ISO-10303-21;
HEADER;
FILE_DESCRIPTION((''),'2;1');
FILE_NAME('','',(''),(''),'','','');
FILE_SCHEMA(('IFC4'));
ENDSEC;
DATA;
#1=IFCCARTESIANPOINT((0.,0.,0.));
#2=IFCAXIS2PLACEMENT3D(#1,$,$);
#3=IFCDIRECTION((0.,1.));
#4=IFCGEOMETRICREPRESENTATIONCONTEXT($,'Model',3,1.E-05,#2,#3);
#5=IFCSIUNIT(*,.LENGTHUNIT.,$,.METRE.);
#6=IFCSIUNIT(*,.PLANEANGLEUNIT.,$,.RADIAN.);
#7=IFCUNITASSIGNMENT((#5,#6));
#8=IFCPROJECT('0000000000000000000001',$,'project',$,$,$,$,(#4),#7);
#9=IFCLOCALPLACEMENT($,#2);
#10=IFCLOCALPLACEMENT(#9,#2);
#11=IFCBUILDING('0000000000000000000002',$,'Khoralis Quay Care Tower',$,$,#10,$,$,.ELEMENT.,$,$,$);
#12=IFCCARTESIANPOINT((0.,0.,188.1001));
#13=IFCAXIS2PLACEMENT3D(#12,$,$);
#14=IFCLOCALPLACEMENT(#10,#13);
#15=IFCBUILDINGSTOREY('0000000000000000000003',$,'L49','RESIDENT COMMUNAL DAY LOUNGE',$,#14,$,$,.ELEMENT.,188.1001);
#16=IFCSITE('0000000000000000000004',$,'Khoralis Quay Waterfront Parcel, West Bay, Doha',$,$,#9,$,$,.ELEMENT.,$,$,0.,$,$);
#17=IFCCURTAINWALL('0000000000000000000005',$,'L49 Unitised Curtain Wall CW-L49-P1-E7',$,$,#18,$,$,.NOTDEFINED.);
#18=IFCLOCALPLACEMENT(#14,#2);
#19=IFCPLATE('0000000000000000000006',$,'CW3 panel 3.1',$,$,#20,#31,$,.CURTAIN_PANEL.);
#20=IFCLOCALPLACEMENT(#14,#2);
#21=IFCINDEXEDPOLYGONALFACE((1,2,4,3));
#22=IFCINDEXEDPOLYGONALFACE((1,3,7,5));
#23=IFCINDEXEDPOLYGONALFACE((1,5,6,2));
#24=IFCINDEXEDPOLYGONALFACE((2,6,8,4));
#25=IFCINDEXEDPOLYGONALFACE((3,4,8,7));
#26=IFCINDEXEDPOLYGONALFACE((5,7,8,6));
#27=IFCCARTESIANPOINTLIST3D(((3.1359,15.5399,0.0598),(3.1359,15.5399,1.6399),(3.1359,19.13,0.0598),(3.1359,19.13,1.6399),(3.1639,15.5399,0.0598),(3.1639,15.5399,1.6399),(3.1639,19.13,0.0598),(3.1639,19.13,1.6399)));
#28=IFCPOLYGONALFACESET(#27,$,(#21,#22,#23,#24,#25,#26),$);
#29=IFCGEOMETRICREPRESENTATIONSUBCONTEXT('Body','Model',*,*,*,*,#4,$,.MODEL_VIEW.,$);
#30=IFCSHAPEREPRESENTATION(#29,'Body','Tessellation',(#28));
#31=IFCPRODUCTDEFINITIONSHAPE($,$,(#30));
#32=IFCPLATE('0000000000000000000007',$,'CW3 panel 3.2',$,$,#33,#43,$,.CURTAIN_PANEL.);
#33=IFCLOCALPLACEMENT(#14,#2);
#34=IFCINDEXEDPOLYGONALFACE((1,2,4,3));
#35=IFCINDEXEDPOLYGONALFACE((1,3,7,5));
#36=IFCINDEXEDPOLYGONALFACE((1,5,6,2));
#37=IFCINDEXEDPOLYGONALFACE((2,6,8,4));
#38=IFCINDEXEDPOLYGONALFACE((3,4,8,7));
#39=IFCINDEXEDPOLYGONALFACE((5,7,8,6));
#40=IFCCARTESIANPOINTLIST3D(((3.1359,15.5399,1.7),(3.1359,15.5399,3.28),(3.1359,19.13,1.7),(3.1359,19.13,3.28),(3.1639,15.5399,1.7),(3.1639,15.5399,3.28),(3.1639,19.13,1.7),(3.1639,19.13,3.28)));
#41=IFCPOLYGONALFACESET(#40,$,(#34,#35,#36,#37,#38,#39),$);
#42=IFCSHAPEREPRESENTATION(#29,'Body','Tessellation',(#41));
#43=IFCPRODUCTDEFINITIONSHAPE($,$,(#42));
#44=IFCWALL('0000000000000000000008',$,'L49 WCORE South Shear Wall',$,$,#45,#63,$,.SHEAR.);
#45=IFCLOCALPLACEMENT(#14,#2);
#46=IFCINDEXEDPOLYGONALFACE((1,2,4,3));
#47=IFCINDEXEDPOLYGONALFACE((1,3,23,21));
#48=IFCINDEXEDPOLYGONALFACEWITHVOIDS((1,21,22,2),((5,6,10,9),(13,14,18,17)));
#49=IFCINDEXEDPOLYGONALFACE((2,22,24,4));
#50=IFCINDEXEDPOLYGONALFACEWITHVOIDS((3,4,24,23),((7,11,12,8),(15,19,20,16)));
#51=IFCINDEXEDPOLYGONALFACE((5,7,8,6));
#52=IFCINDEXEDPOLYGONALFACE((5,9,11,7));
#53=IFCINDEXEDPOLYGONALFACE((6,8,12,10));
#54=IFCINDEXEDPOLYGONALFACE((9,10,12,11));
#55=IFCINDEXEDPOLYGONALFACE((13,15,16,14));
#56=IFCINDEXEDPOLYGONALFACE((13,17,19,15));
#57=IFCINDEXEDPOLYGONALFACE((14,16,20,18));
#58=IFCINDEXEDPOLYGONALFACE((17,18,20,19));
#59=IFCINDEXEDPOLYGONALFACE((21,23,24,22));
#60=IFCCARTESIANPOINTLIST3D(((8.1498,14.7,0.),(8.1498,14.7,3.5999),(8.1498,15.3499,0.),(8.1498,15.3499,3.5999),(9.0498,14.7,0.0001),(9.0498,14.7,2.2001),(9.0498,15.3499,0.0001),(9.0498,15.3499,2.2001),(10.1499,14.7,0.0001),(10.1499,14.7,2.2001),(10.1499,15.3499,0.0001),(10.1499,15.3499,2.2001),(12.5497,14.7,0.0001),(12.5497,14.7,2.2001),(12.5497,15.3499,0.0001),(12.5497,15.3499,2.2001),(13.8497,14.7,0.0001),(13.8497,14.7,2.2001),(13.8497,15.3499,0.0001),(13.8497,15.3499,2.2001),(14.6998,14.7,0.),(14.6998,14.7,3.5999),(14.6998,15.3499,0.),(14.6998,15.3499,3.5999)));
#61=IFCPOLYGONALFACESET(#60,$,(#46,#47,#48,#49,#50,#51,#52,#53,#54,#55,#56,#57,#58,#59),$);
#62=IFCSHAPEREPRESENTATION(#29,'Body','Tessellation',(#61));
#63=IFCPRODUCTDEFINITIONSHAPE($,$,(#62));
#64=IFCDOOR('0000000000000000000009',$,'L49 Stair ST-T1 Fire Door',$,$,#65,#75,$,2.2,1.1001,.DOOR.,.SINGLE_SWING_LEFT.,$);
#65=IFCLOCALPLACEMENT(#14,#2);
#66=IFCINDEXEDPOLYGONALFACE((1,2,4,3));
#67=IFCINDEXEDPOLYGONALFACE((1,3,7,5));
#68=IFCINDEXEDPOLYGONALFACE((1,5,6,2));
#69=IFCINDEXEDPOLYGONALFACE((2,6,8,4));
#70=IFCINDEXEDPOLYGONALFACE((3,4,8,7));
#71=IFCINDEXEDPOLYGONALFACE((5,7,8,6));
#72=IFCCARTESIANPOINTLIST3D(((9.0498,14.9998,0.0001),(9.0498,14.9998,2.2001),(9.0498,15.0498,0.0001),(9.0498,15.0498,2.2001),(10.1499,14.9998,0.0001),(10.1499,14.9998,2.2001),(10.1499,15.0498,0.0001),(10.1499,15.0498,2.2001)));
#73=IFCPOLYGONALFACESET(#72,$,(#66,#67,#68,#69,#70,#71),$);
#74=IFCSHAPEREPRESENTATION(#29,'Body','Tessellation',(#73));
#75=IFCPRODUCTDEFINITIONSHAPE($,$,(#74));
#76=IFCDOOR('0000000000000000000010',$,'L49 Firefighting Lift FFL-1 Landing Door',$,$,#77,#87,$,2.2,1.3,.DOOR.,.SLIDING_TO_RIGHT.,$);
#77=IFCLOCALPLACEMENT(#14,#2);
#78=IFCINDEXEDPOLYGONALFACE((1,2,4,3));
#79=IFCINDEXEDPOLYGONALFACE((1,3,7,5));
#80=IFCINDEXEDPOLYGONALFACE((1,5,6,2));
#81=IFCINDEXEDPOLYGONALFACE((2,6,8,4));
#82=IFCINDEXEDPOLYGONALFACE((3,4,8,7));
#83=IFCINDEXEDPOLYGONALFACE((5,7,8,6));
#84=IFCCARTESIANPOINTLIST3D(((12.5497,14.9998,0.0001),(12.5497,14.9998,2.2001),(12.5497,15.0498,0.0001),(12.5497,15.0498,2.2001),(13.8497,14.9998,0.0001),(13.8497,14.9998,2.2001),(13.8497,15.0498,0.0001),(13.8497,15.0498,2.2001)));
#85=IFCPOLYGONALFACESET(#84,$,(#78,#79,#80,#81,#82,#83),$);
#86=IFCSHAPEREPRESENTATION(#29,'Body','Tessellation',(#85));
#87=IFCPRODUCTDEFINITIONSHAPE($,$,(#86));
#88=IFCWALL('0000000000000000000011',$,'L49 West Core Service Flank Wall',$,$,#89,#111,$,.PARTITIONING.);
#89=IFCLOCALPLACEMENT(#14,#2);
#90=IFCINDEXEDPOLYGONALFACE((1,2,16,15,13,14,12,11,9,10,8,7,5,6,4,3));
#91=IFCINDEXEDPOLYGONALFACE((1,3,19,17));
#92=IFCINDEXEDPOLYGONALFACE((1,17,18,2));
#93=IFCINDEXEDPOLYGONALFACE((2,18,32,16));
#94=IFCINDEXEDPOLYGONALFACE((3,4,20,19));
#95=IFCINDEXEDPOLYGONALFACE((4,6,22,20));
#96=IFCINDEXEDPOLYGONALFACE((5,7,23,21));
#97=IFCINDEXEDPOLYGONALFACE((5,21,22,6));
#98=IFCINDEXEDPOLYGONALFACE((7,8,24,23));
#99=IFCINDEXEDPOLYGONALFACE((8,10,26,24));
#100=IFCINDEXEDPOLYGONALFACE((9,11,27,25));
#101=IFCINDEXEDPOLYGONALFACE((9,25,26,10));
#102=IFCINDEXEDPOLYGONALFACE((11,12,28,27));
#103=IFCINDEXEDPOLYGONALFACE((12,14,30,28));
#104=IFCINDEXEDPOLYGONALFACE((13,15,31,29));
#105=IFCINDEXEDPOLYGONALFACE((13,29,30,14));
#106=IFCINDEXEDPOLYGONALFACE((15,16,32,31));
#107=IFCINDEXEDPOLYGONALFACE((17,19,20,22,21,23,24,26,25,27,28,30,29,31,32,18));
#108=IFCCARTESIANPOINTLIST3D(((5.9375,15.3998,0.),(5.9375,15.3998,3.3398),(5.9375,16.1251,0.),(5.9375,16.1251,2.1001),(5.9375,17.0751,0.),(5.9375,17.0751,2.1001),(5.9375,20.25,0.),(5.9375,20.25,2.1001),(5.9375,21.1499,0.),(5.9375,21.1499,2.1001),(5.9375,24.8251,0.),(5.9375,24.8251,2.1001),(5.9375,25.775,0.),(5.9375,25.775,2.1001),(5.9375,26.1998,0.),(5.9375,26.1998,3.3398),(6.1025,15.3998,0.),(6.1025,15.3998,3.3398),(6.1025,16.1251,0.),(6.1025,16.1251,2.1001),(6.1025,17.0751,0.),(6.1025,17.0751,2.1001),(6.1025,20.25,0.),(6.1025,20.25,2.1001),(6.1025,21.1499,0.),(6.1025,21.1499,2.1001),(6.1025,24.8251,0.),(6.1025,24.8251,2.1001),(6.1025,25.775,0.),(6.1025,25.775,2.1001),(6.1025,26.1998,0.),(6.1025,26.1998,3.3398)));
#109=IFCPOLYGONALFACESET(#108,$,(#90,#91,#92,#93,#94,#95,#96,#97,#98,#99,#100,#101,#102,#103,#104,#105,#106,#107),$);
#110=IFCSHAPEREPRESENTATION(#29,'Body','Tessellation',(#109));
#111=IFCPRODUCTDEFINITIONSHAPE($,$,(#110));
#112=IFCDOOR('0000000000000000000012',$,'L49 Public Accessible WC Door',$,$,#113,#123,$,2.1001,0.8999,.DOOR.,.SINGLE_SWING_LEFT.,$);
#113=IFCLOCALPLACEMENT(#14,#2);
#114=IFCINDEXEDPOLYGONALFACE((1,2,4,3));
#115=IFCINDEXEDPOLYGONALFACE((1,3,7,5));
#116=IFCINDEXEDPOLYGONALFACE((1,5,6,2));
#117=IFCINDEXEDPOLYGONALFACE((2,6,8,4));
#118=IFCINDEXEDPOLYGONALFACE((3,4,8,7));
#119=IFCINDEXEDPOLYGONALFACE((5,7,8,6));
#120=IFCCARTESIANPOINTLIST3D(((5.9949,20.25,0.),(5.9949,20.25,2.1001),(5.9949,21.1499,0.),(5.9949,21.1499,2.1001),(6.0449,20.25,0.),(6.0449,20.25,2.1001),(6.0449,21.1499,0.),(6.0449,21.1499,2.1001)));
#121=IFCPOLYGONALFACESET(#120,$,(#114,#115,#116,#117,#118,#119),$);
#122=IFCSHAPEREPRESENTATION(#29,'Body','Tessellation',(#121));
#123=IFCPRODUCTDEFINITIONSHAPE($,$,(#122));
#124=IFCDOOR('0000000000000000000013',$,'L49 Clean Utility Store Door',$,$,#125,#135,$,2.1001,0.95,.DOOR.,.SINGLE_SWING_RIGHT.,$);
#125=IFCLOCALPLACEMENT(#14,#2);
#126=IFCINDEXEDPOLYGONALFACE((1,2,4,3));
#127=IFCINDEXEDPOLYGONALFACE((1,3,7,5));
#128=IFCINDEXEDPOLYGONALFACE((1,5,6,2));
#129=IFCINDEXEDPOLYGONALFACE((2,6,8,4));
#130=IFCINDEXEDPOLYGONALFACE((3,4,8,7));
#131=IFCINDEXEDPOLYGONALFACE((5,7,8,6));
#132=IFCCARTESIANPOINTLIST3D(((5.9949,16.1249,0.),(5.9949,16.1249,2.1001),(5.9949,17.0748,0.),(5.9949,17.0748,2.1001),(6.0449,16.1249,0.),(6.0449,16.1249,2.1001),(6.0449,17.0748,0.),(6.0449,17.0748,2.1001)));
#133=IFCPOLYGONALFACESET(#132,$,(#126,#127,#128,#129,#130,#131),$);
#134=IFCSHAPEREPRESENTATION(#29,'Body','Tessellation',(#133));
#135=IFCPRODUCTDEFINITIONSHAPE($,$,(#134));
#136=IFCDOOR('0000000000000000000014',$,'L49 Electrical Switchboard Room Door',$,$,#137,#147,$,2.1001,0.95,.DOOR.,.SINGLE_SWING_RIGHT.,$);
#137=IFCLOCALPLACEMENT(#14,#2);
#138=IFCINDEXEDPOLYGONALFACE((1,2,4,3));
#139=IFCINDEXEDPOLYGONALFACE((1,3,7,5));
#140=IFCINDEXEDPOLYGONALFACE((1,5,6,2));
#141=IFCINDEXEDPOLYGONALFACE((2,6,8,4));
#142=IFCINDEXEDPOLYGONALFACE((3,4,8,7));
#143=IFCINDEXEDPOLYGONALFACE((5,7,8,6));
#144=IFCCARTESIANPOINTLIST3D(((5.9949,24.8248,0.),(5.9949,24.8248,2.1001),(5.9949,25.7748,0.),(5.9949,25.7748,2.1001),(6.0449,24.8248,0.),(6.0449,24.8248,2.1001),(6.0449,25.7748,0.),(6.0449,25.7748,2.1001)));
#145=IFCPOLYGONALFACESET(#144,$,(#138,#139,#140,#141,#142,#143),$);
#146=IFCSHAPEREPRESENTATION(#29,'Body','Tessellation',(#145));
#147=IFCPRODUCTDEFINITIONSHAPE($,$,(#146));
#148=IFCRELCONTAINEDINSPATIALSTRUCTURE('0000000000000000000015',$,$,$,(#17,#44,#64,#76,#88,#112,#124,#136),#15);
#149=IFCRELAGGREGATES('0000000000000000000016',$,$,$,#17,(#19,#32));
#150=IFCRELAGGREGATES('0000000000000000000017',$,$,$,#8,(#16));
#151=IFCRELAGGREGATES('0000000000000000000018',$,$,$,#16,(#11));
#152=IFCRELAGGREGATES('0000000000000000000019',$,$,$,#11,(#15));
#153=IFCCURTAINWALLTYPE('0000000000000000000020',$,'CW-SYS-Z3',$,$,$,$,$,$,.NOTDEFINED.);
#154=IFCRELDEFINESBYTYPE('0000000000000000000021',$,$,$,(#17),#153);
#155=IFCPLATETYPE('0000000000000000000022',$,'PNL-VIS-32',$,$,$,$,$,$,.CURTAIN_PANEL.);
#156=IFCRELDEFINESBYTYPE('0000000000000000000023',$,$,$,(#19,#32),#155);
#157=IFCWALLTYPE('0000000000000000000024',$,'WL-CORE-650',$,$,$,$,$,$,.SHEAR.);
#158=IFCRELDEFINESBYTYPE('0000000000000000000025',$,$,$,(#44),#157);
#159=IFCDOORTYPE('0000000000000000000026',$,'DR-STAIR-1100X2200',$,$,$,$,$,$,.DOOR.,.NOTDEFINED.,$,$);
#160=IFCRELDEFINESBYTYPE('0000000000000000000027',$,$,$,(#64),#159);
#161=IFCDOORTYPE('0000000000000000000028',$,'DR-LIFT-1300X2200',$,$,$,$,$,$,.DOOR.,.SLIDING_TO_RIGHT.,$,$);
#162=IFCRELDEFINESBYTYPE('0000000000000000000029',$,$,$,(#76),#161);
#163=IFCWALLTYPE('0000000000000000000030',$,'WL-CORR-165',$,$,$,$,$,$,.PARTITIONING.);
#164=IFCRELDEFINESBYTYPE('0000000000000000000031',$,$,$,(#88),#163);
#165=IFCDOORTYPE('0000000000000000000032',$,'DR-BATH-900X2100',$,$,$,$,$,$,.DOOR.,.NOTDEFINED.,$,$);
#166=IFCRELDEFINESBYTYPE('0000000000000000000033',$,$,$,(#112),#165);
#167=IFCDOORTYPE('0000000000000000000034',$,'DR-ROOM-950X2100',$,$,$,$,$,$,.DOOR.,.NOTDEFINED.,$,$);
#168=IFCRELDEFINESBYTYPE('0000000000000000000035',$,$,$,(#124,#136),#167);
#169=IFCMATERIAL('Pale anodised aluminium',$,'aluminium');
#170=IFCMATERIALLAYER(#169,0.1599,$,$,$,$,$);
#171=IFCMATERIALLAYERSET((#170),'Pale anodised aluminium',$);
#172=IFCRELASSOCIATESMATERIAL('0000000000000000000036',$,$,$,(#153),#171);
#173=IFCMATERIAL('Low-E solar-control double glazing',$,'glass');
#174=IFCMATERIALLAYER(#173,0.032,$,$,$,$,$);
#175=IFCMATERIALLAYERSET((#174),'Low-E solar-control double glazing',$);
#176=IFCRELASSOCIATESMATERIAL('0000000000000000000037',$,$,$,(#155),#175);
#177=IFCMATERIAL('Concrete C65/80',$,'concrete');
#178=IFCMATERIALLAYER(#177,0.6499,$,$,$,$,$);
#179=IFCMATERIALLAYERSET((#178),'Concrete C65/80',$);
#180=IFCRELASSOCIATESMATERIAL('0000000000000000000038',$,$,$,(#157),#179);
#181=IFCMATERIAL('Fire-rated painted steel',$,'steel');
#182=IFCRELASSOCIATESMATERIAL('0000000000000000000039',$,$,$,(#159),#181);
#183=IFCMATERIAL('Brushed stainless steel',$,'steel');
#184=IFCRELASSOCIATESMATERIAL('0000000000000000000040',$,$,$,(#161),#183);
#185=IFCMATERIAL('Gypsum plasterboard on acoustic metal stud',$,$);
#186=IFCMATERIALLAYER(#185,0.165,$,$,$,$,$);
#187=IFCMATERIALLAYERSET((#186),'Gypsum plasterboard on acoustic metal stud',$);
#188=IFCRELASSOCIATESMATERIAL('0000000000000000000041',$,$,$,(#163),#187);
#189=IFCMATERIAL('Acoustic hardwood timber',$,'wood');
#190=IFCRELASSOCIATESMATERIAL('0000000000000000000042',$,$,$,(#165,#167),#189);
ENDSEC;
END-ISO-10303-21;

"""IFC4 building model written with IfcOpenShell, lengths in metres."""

from ifc_helpers import new_model, si_unit, direction, frame, frame_2d, origin, origin_2d, place, context, subcontext, project, spatial, rectangle, extrude, source, transform, mapped, material, layer, layer_set, type_object, element, fill, aggregate, save


model = new_model("IFC4")

# Units and contexts
model_context = context("Model", 3, precision=1e-05, world=origin(), true_north=direction((0.0, 1.0)))
body_context = subcontext(model_context, "Body", "Model", "MODEL_VIEW")
ifc_project = project(units=[si_unit("LENGTHUNIT", "METRE"), si_unit("PLANEANGLEUNIT", "RADIAN")], contexts=[model_context])

# Site, building, storey
site_placement = place(None, origin())
site = spatial("IfcSite", under=ifc_project, at=site_placement, Name="Khoralis Quay Waterfront Parcel, West Bay, Doha", CompositionType="ELEMENT", RefElevation=0.0)
building_placement = place(site_placement, origin())
building = spatial("IfcBuilding", under=site, at=building_placement, Name="Khoralis Quay Care Tower", CompositionType="ELEMENT")
storey_placement = place(building_placement, frame((0.0, 0.0, 188.1001)))
storey = spatial("IfcBuildingStorey", under=building, at=storey_placement, Name="L49", Description="RESIDENT COMMUNAL DAY LOUNGE", CompositionType="ELEMENT", Elevation=188.1001)

# Shared definitions
ifc_material_1 = material(Name="Concrete C65/80", Category="concrete")

# Curtain wall, plates
ifc_material_2 = material(Name="Pale anodised aluminium", Category="aluminium")
ifc_layer_1 = layer(ifc_material_2, 0.1599)
ifc_layer_set_1 = layer_set([ifc_layer_1], Name="Pale anodised aluminium")
curtain_wall_type = type_object("IfcCurtainWallType", Name="CW-SYS-Z3", PredefinedType="NOTDEFINED", material=ifc_layer_set_1)
curtain_wall_placement = place(storey_placement, origin())
curtain_wall = element("IfcCurtainWall", 1, at=curtain_wall_placement, inside=storey, type_object=curtain_wall_type, Name="L49 Unitised Curtain Wall CW-L49-P1-E7", PredefinedType="NOTDEFINED")
ifc_material_3 = material(Name="Low-E solar-control double glazing", Category="glass")
ifc_layer_2 = layer(ifc_material_3, 0.032)
ifc_layer_set_2 = layer_set([ifc_layer_2], Name="Low-E solar-control double glazing")
plate_type = type_object("IfcPlateType", Name="PNL-VIS-32", PredefinedType="CURTAIN_PANEL", material=ifc_layer_set_2)
shared_shape_1 = source(origin(), body_context, "Body", "SweptSolid", [
    extrude(rectangle(XDim=3.5901, YDim=0.0281, at=origin_2d()), origin(), (0.0, 0.0, 1.0), 1.5801),
])
plate_1_placement = place(storey_placement, frame((3.1499, 17.335, 0.0598), z_axis=(0.0, 0.0, 1.0), x_axis=(0.0, -1.0, 0.0)))
plate_1 = element("IfcPlate", 2, at=plate_1_placement, type_object=plate_type, Name="CW3 panel 3.1", PredefinedType="CURTAIN_PANEL", context=body_context, shape_type="MappedRepresentation", body=[
    mapped(shared_shape_1, transform((0.0, 0.0, 0.0), scale=1.0)),
])
plate_2_placement = place(storey_placement, frame((3.1499, 17.335, 1.7), z_axis=(0.0, 0.0, 1.0), x_axis=(0.0, -1.0, 0.0)))
plate_2 = element("IfcPlate", 3, at=plate_2_placement, type_object=plate_type, Name="CW3 panel 3.2", PredefinedType="CURTAIN_PANEL", context=body_context, shape_type="MappedRepresentation", body=[
    mapped(shared_shape_1, transform((0.0, 0.0, 0.0), scale=1.0)),
])
aggregate(curtain_wall, [plate_1, plate_2])

# Walls, openings, doors
ifc_layer_3 = layer(ifc_material_1, 0.6499)
ifc_layer_set_3 = layer_set([ifc_layer_3], Name="Concrete C65/80")
wall_type_1 = type_object("IfcWallType", Name="WL-CORE-650", PredefinedType="SHEAR", material=ifc_layer_set_3)
wall_1_placement = place(storey_placement, frame((8.1499, 15.0249, 0.0), z_axis=(0.0, 0.0, 1.0), x_axis=(1.0, 0.0, 0.0)))
wall_1 = element("IfcWall", 4, at=wall_1_placement, inside=storey, type_object=wall_type_1, Name="L49 WCORE South Shear Wall", PredefinedType="SHEAR", context=body_context, shape_type="SweptSolid", body=[
    extrude(rectangle(XDim=6.55, YDim=0.6499, at=frame_2d((3.2749, 0.0))), origin(), (0.0, 0.0, 1.0), 3.5999),
])
opening_1_placement = place(wall_1_placement, frame((0.8999, 0.0, 0.0)))
opening_1 = element("IfcOpeningElement", 5, at=opening_1_placement, cuts=wall_1, PredefinedType="OPENING", context=body_context, shape_type="SweptSolid", body=[
    extrude(rectangle(XDim=1.1001, YDim=2.2, at=frame_2d((0.55, 1.1001))), frame((0.0, 0.335, 0.0), z_axis=(0.0, -1.0, 0.0), x_axis=(1.0, 0.0, 0.0)), (0.0, 0.0, 1.0), 0.6699),
])
opening_2_placement = place(wall_1_placement, frame((4.3999, 0.0, 0.0)))
opening_2 = element("IfcOpeningElement", 6, at=opening_2_placement, cuts=wall_1, PredefinedType="OPENING", context=body_context, shape_type="SweptSolid", body=[
    extrude(rectangle(XDim=1.3, YDim=2.2, at=frame_2d((0.6499, 1.1001))), frame((0.0, 0.335, 0.0), z_axis=(0.0, -1.0, 0.0), x_axis=(1.0, 0.0, 0.0)), (0.0, 0.0, 1.0), 0.6699),
])
ifc_material_4 = material(Name="Fire-rated painted steel", Category="steel")
door_type_1 = type_object("IfcDoorType", Name="DR-STAIR-1100X2200", OperationType="NOTDEFINED", PredefinedType="DOOR", material=ifc_material_4)
shared_shape_2 = source(origin(), body_context, "Body", "SweptSolid", [
    extrude(rectangle(XDim=1.1001, YDim=2.2, at=frame_2d((0.55, 1.1001))), frame((0.0, 0.0249, 0.0), z_axis=(0.0, -1.0, 0.0), x_axis=(1.0, 0.0, 0.0)), (0.0, 0.0, 1.0), 0.05),
])
door_1_placement = place(opening_1_placement, origin())
door_1 = element("IfcDoor", 7, at=door_1_placement, inside=storey, type_object=door_type_1, Name="L49 Stair ST-T1 Fire Door", OperationType="SINGLE_SWING_LEFT", OverallHeight=2.2, OverallWidth=1.1001, PredefinedType="DOOR", context=body_context, shape_type="MappedRepresentation", body=[
    mapped(shared_shape_2, transform((0.0, 0.0, 0.0), scale=1.0)),
])
fill(opening_1, door_1)
ifc_material_5 = material(Name="Brushed stainless steel", Category="steel")
door_type_2 = type_object("IfcDoorType", Name="DR-LIFT-1300X2200", OperationType="SLIDING_TO_RIGHT", PredefinedType="DOOR", material=ifc_material_5)
shared_shape_3 = source(origin(), body_context, "Body", "SweptSolid", [
    extrude(rectangle(XDim=1.3, YDim=2.2, at=frame_2d((0.6499, 1.1001))), frame((0.0, 0.0249, 0.0), z_axis=(0.0, -1.0, 0.0), x_axis=(1.0, 0.0, 0.0)), (0.0, 0.0, 1.0), 0.05),
])
door_2_placement = place(opening_2_placement, origin())
door_2 = element("IfcDoor", 8, at=door_2_placement, inside=storey, type_object=door_type_2, Name="L49 Firefighting Lift FFL-1 Landing Door", OperationType="SLIDING_TO_RIGHT", OverallHeight=2.2, OverallWidth=1.3, PredefinedType="DOOR", context=body_context, shape_type="MappedRepresentation", body=[
    mapped(shared_shape_3, transform((0.0, 0.0, 0.0), scale=1.0)),
])
fill(opening_2, door_2)
ifc_material_6 = material(Name="Gypsum plasterboard on acoustic metal stud")
ifc_layer_4 = layer(ifc_material_6, 0.165)
ifc_layer_set_4 = layer_set([ifc_layer_4], Name="Gypsum plasterboard on acoustic metal stud")
wall_type_2 = type_object("IfcWallType", Name="WL-CORR-165", PredefinedType="PARTITIONING", material=ifc_layer_set_4)
wall_2_placement = place(storey_placement, frame((6.02, 15.3999, 0.0), z_axis=(0.0, 0.0, 1.0), x_axis=(0.0, 1.0, 0.0)))
wall_2 = element("IfcWall", 9, at=wall_2_placement, inside=storey, type_object=wall_type_2, Name="L49 West Core Service Flank Wall", PredefinedType="PARTITIONING", context=body_context, shape_type="SweptSolid", body=[
    extrude(rectangle(XDim=10.8, YDim=0.165, at=frame_2d((5.3999, 0.0))), origin(), (0.0, 0.0, 1.0), 3.3398),
])
opening_3_placement = place(wall_2_placement, frame((0.7251, 0.0, 0.0)))
opening_3 = element("IfcOpeningElement", 10, at=opening_3_placement, cuts=wall_2, PredefinedType="OPENING", context=body_context, shape_type="SweptSolid", body=[
    extrude(rectangle(XDim=0.95, YDim=2.1001, at=frame_2d((0.4751, 1.05))), frame((0.0, 0.0925, 0.0), z_axis=(0.0, -1.0, 0.0), x_axis=(1.0, 0.0, 0.0)), (0.0, 0.0, 1.0), 0.1851),
])
opening_4_placement = place(wall_2_placement, frame((4.8501, 0.0, 0.0)))
opening_4 = element("IfcOpeningElement", 11, at=opening_4_placement, cuts=wall_2, PredefinedType="OPENING", context=body_context, shape_type="SweptSolid", body=[
    extrude(rectangle(XDim=0.8999, YDim=2.1001, at=frame_2d((0.45, 1.05))), frame((0.0, 0.0925, 0.0), z_axis=(0.0, -1.0, 0.0), x_axis=(1.0, 0.0, 0.0)), (0.0, 0.0, 1.0), 0.1851),
])
opening_5_placement = place(wall_2_placement, frame((9.425, 0.0, 0.0)))
opening_5 = element("IfcOpeningElement", 12, at=opening_5_placement, cuts=wall_2, PredefinedType="OPENING", context=body_context, shape_type="SweptSolid", body=[
    extrude(rectangle(XDim=0.95, YDim=2.1001, at=frame_2d((0.4751, 1.05))), frame((0.0, 0.0925, 0.0), z_axis=(0.0, -1.0, 0.0), x_axis=(1.0, 0.0, 0.0)), (0.0, 0.0, 1.0), 0.1851),
])
ifc_material_7 = material(Name="Acoustic hardwood timber", Category="wood")
door_type_3 = type_object("IfcDoorType", Name="DR-BATH-900X2100", OperationType="NOTDEFINED", PredefinedType="DOOR", material=ifc_material_7)
shared_shape_4 = source(origin(), body_context, "Body", "SweptSolid", [
    extrude(rectangle(XDim=0.8999, YDim=2.1001, at=frame_2d((0.45, 1.05))), frame((0.0, 0.0249, 0.0), z_axis=(0.0, -1.0, 0.0), x_axis=(1.0, 0.0, 0.0)), (0.0, 0.0, 1.0), 0.05),
])
door_3_placement = place(opening_4_placement, frame((0.8999, 0.0, 0.0), z_axis=(0.0, 0.0, 1.0), x_axis=(-1.0, 0.0, 0.0)))
door_3 = element("IfcDoor", 13, at=door_3_placement, inside=storey, type_object=door_type_3, Name="L49 Public Accessible WC Door", OperationType="SINGLE_SWING_LEFT", OverallHeight=2.1001, OverallWidth=0.8999, PredefinedType="DOOR", context=body_context, shape_type="MappedRepresentation", body=[
    mapped(shared_shape_4, transform((0.0, 0.0, 0.0), scale=1.0)),
])
fill(opening_4, door_3)
door_type_4 = type_object("IfcDoorType", Name="DR-ROOM-950X2100", OperationType="NOTDEFINED", PredefinedType="DOOR", material=ifc_material_7)
shared_shape_5 = source(origin(), body_context, "Body", "SweptSolid", [
    extrude(rectangle(XDim=0.95, YDim=2.1001, at=frame_2d((0.4751, 1.05))), frame((0.0, 0.0249, 0.0), z_axis=(0.0, -1.0, 0.0), x_axis=(1.0, 0.0, 0.0)), (0.0, 0.0, 1.0), 0.05),
])
door_4_placement = place(opening_3_placement, frame((0.95, 0.0, 0.0), z_axis=(0.0, 0.0, 1.0), x_axis=(-1.0, 0.0, 0.0)))
door_4 = element("IfcDoor", 14, at=door_4_placement, inside=storey, type_object=door_type_4, Name="L49 Clean Utility Store Door", OperationType="SINGLE_SWING_RIGHT", OverallHeight=2.1001, OverallWidth=0.95, PredefinedType="DOOR", context=body_context, shape_type="MappedRepresentation", body=[
    mapped(shared_shape_5, transform((0.0, 0.0, 0.0), scale=1.0)),
])
fill(opening_3, door_4)
door_5_placement = place(opening_5_placement, frame((0.95, 0.0, 0.0), z_axis=(0.0, 0.0, 1.0), x_axis=(-1.0, 0.0, 0.0)))
door_5 = element("IfcDoor", 15, at=door_5_placement, inside=storey, type_object=door_type_4, Name="L49 Electrical Switchboard Room Door", OperationType="SINGLE_SWING_RIGHT", OverallHeight=2.1001, OverallWidth=0.95, PredefinedType="DOOR", context=body_context, shape_type="MappedRepresentation", body=[
    mapped(shared_shape_5, transform((0.0, 0.0, 0.0), scale=1.0)),
])
fill(opening_5, door_5)

save(model, "model.ifc")
